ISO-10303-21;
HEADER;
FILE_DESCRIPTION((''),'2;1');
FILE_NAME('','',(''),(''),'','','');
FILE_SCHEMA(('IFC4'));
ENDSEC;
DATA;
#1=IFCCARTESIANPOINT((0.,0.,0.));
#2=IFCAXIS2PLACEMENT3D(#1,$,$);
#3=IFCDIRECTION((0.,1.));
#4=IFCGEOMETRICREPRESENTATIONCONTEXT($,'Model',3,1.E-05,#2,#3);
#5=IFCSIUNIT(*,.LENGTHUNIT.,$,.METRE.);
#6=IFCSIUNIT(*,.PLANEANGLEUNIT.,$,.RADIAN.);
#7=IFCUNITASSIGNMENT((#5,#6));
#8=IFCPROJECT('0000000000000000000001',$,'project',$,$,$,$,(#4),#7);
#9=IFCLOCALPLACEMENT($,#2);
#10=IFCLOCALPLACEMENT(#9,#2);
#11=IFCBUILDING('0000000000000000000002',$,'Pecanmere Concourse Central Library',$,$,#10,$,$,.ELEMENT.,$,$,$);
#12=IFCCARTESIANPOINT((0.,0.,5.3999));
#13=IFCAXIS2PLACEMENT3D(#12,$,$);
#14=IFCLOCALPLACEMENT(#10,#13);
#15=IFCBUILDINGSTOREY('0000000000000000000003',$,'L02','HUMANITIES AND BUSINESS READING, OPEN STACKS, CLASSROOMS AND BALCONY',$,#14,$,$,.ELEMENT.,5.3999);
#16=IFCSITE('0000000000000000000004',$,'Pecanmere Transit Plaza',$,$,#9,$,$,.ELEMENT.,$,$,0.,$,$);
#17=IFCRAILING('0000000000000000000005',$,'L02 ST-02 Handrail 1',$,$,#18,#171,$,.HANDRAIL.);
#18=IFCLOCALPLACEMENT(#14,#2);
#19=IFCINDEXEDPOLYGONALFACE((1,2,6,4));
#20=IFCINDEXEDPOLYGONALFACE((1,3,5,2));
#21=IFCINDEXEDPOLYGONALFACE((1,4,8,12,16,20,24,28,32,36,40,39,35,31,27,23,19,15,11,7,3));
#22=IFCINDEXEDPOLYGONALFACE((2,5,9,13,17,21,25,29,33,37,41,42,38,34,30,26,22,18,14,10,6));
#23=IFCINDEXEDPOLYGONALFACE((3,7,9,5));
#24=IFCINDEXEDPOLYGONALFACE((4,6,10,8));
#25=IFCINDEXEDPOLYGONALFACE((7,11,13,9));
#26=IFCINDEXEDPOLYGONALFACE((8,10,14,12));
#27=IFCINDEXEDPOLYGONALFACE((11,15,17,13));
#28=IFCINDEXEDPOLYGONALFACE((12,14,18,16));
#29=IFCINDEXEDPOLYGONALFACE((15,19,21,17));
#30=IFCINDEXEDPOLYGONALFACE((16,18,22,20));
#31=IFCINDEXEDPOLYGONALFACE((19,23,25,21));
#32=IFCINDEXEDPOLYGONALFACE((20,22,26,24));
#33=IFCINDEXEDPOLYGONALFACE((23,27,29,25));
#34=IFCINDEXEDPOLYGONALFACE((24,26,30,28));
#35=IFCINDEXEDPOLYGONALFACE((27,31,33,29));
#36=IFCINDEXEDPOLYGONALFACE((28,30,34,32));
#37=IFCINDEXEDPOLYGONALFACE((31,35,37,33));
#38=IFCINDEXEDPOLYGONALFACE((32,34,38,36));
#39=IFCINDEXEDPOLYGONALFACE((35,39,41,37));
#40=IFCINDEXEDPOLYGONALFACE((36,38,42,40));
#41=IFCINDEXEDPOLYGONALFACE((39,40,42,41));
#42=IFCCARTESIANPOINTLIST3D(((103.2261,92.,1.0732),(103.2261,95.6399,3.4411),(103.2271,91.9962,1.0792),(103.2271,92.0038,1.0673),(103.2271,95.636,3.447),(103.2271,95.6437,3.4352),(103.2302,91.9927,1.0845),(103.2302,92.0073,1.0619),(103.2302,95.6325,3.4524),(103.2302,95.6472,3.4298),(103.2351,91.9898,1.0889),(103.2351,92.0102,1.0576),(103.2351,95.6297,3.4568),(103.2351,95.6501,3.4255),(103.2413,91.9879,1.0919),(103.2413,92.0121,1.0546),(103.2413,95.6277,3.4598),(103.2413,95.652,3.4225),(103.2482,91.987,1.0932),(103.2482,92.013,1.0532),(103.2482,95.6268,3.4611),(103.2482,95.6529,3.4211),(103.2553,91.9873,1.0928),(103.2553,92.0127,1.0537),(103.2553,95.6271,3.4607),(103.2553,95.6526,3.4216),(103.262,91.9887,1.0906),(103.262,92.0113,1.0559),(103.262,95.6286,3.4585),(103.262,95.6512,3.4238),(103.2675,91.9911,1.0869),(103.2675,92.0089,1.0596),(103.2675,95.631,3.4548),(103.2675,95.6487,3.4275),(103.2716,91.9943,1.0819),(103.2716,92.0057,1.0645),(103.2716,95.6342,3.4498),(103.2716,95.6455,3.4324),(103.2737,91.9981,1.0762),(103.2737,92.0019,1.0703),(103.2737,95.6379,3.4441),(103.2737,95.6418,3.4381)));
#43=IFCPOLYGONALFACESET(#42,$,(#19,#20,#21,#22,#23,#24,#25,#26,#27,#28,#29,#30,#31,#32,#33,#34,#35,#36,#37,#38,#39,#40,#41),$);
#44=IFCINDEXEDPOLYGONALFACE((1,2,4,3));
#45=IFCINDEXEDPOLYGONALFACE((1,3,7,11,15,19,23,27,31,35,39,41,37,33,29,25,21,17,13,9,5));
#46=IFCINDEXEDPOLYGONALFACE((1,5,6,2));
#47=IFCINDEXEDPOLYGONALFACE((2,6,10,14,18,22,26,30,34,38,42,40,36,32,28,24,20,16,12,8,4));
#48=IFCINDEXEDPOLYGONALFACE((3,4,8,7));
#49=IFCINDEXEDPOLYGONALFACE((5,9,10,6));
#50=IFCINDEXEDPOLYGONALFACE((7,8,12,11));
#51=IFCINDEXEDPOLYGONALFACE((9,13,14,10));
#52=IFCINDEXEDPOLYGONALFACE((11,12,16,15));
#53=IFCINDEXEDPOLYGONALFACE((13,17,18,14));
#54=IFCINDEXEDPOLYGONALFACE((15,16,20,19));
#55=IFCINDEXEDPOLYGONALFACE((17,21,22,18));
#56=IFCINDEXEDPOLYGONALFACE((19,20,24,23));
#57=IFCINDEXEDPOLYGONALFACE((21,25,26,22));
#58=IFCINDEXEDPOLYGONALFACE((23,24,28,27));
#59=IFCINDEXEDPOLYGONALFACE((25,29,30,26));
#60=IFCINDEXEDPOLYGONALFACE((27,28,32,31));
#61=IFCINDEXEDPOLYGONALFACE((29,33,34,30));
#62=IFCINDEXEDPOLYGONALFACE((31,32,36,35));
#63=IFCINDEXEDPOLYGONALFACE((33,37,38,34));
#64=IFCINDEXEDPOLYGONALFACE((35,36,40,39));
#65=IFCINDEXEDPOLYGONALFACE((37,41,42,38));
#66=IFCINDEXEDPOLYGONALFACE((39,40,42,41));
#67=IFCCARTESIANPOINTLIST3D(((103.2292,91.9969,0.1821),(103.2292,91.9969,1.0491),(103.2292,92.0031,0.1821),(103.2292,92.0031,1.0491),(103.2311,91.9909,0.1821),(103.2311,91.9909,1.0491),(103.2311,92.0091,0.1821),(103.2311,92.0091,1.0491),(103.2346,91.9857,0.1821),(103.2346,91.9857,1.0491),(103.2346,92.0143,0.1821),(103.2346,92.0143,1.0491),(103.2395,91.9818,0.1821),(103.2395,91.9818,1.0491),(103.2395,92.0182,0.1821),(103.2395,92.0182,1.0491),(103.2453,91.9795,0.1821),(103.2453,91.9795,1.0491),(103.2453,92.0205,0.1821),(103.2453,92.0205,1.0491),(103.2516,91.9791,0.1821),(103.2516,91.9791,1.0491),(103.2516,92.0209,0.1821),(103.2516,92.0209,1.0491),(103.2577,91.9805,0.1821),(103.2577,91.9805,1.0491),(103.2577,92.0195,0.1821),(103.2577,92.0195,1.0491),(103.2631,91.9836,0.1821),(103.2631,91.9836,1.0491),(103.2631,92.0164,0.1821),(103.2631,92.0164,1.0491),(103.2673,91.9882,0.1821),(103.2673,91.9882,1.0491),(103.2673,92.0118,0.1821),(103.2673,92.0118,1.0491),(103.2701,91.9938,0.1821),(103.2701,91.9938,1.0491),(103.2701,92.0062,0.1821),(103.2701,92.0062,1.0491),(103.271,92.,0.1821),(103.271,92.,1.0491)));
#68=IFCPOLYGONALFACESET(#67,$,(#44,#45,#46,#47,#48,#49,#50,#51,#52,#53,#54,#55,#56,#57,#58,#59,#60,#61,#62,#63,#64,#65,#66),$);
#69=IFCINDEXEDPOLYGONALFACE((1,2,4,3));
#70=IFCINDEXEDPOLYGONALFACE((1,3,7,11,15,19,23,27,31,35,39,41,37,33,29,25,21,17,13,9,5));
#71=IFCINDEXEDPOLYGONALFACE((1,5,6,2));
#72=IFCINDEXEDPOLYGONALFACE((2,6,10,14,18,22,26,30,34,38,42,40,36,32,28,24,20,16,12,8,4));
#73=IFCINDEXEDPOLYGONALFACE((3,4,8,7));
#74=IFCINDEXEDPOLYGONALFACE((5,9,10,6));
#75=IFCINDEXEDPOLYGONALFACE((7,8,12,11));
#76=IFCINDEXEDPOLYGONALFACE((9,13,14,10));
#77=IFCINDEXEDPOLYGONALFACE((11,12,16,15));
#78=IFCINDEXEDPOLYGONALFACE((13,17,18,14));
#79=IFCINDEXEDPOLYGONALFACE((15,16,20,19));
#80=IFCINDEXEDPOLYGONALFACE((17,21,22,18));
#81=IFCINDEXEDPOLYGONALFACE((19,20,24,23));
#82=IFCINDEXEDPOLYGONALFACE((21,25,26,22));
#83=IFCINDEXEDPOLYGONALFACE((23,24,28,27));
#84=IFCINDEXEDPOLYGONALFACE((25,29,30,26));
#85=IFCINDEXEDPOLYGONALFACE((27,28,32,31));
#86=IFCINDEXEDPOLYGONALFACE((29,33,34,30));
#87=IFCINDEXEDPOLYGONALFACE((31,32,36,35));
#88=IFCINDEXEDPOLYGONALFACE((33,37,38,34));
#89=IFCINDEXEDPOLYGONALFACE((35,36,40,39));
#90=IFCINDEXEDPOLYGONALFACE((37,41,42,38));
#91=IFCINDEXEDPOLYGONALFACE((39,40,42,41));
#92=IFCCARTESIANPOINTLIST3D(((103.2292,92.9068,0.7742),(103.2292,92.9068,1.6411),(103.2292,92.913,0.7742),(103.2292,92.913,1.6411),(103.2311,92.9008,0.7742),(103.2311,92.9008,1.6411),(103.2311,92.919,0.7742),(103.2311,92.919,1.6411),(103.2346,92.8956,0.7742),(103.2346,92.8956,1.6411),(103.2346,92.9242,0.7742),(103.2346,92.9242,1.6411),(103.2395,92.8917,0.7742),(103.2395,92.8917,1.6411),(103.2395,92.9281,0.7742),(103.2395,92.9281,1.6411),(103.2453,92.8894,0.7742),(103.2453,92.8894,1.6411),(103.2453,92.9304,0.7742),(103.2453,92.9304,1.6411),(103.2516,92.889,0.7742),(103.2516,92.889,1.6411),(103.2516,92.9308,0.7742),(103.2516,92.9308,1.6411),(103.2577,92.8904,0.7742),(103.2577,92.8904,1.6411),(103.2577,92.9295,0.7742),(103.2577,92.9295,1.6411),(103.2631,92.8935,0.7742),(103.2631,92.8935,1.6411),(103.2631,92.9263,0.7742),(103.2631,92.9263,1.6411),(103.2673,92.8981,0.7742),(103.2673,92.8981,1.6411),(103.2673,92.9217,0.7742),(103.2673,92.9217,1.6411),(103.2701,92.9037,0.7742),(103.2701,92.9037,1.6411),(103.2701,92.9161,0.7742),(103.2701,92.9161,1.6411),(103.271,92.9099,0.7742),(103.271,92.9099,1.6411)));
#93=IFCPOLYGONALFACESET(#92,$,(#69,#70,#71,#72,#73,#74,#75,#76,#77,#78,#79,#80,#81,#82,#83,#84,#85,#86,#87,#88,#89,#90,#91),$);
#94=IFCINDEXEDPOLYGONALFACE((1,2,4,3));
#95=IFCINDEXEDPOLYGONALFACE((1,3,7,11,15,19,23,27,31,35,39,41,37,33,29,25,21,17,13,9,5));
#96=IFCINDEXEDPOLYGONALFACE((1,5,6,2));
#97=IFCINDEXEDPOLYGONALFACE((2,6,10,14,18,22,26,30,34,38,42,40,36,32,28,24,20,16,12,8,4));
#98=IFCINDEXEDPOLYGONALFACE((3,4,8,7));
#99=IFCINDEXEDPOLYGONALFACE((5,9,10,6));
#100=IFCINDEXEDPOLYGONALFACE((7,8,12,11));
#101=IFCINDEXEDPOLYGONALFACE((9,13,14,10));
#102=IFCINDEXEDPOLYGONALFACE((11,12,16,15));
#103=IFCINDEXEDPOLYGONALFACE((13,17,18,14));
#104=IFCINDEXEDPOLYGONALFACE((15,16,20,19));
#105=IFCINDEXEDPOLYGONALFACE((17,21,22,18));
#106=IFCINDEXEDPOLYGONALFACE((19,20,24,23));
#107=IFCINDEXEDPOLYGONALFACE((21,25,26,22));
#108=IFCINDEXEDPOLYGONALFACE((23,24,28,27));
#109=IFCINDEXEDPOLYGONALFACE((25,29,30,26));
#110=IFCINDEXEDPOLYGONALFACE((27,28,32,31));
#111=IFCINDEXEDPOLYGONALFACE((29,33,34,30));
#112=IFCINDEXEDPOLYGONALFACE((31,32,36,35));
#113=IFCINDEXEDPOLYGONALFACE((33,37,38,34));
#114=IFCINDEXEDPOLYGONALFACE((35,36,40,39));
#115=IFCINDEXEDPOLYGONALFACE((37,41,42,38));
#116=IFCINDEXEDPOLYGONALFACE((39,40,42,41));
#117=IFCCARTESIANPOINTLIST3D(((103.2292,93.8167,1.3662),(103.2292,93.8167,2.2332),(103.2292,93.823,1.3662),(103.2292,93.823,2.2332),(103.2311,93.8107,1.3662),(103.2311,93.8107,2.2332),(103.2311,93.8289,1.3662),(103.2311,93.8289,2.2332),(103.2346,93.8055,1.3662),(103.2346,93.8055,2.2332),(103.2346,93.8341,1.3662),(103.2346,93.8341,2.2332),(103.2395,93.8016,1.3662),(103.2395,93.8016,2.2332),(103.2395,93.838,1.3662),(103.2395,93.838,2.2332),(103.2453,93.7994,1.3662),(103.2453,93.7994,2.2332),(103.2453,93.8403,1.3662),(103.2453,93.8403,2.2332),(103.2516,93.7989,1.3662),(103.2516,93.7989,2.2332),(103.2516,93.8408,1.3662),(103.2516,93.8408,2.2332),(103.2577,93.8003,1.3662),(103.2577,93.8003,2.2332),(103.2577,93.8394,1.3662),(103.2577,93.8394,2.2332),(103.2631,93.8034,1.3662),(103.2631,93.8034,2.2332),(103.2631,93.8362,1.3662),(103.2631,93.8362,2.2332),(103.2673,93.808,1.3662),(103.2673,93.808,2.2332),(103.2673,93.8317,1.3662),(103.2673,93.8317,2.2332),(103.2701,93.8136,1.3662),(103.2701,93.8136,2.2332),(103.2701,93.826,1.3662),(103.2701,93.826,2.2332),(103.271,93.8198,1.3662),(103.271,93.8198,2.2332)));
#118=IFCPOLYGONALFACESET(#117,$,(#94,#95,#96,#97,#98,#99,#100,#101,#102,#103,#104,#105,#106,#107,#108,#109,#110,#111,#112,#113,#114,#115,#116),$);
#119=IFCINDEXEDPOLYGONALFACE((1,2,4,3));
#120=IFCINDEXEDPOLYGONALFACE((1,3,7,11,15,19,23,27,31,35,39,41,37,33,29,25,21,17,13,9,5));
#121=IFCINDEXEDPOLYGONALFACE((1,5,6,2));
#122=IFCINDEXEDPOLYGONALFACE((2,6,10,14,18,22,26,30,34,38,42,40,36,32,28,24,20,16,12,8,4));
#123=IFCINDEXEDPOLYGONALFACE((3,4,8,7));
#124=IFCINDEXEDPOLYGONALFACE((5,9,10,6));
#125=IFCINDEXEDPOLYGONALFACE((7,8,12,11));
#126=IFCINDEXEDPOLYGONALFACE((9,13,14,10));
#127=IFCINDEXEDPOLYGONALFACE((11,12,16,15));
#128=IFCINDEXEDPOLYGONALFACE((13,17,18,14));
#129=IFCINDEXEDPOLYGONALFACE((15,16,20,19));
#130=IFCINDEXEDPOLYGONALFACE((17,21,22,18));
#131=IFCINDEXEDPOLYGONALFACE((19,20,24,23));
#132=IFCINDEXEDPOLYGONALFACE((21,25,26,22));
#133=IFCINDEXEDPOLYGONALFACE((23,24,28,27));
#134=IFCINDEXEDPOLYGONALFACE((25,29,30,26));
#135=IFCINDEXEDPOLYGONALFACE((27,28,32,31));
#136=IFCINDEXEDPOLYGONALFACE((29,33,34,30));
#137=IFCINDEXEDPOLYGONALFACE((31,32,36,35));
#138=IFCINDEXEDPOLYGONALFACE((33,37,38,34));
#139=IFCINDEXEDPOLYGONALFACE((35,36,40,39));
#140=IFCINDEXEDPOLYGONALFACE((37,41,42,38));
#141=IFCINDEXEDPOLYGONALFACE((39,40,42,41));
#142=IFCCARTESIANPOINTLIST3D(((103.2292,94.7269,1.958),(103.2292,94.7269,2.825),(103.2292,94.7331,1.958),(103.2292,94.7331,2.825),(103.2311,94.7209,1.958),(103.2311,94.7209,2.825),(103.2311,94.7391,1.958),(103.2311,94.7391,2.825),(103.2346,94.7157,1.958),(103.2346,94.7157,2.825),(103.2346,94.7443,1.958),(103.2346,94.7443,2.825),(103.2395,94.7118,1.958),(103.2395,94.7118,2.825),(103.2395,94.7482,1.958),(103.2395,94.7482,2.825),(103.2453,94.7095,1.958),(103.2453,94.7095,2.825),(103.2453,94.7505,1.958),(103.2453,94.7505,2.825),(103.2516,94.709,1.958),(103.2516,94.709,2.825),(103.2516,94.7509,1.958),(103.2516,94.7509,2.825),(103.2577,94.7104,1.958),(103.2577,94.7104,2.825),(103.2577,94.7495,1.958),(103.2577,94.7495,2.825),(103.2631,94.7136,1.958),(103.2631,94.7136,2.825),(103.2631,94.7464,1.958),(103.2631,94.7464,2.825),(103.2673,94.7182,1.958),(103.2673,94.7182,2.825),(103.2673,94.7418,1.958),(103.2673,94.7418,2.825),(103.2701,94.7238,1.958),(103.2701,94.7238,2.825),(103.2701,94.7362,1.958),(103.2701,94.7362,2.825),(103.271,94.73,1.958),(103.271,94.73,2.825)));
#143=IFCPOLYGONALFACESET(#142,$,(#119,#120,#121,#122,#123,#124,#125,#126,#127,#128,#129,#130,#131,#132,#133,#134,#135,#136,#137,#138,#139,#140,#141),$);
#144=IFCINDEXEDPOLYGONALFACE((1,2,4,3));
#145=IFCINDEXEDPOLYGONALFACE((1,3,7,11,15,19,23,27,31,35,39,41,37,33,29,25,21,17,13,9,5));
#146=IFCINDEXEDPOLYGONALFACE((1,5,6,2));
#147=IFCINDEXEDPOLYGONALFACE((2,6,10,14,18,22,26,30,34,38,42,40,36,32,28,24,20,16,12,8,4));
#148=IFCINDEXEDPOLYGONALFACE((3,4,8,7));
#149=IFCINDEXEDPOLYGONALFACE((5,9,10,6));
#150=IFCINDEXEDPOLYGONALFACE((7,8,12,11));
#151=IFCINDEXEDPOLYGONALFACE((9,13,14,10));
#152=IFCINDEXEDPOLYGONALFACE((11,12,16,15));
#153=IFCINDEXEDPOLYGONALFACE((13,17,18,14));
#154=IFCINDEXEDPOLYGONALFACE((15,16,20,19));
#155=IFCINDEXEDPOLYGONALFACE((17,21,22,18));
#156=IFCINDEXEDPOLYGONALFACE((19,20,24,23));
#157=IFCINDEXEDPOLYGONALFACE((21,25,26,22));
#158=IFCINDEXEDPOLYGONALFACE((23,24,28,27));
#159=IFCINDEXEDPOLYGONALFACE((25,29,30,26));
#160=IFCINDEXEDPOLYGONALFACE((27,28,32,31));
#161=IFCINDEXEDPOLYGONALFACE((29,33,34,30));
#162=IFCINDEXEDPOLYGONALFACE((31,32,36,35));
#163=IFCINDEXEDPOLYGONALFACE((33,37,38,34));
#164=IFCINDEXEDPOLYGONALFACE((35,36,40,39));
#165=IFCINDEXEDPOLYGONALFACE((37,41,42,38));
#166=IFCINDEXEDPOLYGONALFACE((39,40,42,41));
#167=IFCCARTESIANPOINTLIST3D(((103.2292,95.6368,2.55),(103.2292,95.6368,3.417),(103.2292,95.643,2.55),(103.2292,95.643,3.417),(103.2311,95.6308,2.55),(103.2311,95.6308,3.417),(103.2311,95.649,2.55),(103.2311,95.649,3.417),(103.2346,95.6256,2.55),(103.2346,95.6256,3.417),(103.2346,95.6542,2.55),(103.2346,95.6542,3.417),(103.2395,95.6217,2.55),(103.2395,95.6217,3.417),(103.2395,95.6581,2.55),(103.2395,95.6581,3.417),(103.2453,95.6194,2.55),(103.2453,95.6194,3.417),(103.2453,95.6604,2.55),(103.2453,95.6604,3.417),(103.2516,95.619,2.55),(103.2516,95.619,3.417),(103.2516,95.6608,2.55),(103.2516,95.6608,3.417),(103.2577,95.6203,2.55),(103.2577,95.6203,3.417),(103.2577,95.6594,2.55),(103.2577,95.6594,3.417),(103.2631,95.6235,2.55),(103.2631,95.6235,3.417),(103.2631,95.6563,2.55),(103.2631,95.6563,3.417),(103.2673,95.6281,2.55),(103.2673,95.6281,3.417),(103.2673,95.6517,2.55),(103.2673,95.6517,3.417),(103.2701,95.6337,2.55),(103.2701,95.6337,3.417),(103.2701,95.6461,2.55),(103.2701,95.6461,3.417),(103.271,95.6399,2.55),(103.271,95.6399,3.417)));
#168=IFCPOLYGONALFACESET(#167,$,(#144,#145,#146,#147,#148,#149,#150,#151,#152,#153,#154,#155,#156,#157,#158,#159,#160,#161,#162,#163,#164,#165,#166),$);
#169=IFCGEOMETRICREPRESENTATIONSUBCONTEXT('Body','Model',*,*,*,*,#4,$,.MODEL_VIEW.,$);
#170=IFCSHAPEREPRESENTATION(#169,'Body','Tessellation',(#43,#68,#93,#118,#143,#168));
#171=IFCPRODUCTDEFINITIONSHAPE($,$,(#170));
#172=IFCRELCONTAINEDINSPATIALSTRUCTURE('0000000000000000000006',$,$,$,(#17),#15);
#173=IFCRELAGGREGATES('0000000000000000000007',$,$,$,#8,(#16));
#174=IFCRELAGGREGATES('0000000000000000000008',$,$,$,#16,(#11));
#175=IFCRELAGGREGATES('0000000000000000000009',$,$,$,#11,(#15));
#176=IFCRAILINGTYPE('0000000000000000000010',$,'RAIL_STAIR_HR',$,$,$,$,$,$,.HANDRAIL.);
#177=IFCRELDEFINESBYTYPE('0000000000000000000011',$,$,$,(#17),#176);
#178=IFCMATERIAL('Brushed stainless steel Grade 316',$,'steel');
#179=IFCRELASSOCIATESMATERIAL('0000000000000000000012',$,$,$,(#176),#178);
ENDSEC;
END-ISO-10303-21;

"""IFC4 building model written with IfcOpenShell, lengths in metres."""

from ifc_helpers import new_model, si_unit, direction, frame, origin, origin_2d, place, context, subcontext, project, spatial, circle, extrude, material, type_object, element, save


model = new_model("IFC4")

# Units and contexts
model_context = context("Model", 3, precision=1e-05, world=origin(), true_north=direction((0.0, 1.0)))
body_context = subcontext(model_context, "Body", "Model", "MODEL_VIEW")
ifc_project = project(units=[si_unit("LENGTHUNIT", "METRE"), si_unit("PLANEANGLEUNIT", "RADIAN")], contexts=[model_context])

# Site, building, storey
site_placement = place(None, origin())
site = spatial("IfcSite", under=ifc_project, at=site_placement, Name="Pecanmere Transit Plaza", CompositionType="ELEMENT", RefElevation=0.0)
building_placement = place(site_placement, origin())
building = spatial("IfcBuilding", under=site, at=building_placement, Name="Pecanmere Concourse Central Library", CompositionType="ELEMENT")
storey_placement = place(building_placement, frame((0.0, 0.0, 5.3999)))
storey = spatial("IfcBuildingStorey", under=building, at=storey_placement, Name="L02", Description="HUMANITIES AND BUSINESS READING, OPEN STACKS, CLASSROOMS AND BALCONY", CompositionType="ELEMENT", Elevation=5.3999)

# Railing
ifc_material_1 = material(Name="Brushed stainless steel Grade 316", Category="steel")
railing_type_1 = type_object("IfcRailingType", Name="RAIL_STAIR_HR", PredefinedType="HANDRAIL", material=ifc_material_1)
railing_1_placement = place(storey_placement, frame((103.25, 92.0, 0.1821)))
element("IfcRailing", 1, at=railing_1_placement, inside=storey, type_object=railing_type_1, Name="L02 ST-02 Handrail 1", PredefinedType="HANDRAIL", context=body_context, shape_type="SweptSolid", body=[
    extrude(circle(Radius=0.0239, at=origin_2d()), frame((0.0, 0.0, 0.8911), z_axis=(0.0, 0.838234, 0.54531), x_axis=(-1.0, 0.0, 0.0)), (0.0, 0.0, 1.0), 4.3423),
    extrude(circle(Radius=0.021, at=origin_2d()), origin(), (0.0, 0.0, 1.0), 0.8669),
    extrude(circle(Radius=0.021, at=origin_2d()), frame((0.0, 0.9099, 0.592)), (0.0, 0.0, 1.0), 0.8669),
    extrude(circle(Radius=0.021, at=origin_2d()), frame((0.0, 1.8198, 1.1841)), (0.0, 0.0, 1.0), 0.8669),
    extrude(circle(Radius=0.021, at=origin_2d()), frame((0.0, 2.73, 1.7759)), (0.0, 0.0, 1.0), 0.8669),
    extrude(circle(Radius=0.021, at=origin_2d()), frame((0.0, 3.6399, 2.3679)), (0.0, 0.0, 1.0), 0.8669),
])

save(model, "model.ifc")
